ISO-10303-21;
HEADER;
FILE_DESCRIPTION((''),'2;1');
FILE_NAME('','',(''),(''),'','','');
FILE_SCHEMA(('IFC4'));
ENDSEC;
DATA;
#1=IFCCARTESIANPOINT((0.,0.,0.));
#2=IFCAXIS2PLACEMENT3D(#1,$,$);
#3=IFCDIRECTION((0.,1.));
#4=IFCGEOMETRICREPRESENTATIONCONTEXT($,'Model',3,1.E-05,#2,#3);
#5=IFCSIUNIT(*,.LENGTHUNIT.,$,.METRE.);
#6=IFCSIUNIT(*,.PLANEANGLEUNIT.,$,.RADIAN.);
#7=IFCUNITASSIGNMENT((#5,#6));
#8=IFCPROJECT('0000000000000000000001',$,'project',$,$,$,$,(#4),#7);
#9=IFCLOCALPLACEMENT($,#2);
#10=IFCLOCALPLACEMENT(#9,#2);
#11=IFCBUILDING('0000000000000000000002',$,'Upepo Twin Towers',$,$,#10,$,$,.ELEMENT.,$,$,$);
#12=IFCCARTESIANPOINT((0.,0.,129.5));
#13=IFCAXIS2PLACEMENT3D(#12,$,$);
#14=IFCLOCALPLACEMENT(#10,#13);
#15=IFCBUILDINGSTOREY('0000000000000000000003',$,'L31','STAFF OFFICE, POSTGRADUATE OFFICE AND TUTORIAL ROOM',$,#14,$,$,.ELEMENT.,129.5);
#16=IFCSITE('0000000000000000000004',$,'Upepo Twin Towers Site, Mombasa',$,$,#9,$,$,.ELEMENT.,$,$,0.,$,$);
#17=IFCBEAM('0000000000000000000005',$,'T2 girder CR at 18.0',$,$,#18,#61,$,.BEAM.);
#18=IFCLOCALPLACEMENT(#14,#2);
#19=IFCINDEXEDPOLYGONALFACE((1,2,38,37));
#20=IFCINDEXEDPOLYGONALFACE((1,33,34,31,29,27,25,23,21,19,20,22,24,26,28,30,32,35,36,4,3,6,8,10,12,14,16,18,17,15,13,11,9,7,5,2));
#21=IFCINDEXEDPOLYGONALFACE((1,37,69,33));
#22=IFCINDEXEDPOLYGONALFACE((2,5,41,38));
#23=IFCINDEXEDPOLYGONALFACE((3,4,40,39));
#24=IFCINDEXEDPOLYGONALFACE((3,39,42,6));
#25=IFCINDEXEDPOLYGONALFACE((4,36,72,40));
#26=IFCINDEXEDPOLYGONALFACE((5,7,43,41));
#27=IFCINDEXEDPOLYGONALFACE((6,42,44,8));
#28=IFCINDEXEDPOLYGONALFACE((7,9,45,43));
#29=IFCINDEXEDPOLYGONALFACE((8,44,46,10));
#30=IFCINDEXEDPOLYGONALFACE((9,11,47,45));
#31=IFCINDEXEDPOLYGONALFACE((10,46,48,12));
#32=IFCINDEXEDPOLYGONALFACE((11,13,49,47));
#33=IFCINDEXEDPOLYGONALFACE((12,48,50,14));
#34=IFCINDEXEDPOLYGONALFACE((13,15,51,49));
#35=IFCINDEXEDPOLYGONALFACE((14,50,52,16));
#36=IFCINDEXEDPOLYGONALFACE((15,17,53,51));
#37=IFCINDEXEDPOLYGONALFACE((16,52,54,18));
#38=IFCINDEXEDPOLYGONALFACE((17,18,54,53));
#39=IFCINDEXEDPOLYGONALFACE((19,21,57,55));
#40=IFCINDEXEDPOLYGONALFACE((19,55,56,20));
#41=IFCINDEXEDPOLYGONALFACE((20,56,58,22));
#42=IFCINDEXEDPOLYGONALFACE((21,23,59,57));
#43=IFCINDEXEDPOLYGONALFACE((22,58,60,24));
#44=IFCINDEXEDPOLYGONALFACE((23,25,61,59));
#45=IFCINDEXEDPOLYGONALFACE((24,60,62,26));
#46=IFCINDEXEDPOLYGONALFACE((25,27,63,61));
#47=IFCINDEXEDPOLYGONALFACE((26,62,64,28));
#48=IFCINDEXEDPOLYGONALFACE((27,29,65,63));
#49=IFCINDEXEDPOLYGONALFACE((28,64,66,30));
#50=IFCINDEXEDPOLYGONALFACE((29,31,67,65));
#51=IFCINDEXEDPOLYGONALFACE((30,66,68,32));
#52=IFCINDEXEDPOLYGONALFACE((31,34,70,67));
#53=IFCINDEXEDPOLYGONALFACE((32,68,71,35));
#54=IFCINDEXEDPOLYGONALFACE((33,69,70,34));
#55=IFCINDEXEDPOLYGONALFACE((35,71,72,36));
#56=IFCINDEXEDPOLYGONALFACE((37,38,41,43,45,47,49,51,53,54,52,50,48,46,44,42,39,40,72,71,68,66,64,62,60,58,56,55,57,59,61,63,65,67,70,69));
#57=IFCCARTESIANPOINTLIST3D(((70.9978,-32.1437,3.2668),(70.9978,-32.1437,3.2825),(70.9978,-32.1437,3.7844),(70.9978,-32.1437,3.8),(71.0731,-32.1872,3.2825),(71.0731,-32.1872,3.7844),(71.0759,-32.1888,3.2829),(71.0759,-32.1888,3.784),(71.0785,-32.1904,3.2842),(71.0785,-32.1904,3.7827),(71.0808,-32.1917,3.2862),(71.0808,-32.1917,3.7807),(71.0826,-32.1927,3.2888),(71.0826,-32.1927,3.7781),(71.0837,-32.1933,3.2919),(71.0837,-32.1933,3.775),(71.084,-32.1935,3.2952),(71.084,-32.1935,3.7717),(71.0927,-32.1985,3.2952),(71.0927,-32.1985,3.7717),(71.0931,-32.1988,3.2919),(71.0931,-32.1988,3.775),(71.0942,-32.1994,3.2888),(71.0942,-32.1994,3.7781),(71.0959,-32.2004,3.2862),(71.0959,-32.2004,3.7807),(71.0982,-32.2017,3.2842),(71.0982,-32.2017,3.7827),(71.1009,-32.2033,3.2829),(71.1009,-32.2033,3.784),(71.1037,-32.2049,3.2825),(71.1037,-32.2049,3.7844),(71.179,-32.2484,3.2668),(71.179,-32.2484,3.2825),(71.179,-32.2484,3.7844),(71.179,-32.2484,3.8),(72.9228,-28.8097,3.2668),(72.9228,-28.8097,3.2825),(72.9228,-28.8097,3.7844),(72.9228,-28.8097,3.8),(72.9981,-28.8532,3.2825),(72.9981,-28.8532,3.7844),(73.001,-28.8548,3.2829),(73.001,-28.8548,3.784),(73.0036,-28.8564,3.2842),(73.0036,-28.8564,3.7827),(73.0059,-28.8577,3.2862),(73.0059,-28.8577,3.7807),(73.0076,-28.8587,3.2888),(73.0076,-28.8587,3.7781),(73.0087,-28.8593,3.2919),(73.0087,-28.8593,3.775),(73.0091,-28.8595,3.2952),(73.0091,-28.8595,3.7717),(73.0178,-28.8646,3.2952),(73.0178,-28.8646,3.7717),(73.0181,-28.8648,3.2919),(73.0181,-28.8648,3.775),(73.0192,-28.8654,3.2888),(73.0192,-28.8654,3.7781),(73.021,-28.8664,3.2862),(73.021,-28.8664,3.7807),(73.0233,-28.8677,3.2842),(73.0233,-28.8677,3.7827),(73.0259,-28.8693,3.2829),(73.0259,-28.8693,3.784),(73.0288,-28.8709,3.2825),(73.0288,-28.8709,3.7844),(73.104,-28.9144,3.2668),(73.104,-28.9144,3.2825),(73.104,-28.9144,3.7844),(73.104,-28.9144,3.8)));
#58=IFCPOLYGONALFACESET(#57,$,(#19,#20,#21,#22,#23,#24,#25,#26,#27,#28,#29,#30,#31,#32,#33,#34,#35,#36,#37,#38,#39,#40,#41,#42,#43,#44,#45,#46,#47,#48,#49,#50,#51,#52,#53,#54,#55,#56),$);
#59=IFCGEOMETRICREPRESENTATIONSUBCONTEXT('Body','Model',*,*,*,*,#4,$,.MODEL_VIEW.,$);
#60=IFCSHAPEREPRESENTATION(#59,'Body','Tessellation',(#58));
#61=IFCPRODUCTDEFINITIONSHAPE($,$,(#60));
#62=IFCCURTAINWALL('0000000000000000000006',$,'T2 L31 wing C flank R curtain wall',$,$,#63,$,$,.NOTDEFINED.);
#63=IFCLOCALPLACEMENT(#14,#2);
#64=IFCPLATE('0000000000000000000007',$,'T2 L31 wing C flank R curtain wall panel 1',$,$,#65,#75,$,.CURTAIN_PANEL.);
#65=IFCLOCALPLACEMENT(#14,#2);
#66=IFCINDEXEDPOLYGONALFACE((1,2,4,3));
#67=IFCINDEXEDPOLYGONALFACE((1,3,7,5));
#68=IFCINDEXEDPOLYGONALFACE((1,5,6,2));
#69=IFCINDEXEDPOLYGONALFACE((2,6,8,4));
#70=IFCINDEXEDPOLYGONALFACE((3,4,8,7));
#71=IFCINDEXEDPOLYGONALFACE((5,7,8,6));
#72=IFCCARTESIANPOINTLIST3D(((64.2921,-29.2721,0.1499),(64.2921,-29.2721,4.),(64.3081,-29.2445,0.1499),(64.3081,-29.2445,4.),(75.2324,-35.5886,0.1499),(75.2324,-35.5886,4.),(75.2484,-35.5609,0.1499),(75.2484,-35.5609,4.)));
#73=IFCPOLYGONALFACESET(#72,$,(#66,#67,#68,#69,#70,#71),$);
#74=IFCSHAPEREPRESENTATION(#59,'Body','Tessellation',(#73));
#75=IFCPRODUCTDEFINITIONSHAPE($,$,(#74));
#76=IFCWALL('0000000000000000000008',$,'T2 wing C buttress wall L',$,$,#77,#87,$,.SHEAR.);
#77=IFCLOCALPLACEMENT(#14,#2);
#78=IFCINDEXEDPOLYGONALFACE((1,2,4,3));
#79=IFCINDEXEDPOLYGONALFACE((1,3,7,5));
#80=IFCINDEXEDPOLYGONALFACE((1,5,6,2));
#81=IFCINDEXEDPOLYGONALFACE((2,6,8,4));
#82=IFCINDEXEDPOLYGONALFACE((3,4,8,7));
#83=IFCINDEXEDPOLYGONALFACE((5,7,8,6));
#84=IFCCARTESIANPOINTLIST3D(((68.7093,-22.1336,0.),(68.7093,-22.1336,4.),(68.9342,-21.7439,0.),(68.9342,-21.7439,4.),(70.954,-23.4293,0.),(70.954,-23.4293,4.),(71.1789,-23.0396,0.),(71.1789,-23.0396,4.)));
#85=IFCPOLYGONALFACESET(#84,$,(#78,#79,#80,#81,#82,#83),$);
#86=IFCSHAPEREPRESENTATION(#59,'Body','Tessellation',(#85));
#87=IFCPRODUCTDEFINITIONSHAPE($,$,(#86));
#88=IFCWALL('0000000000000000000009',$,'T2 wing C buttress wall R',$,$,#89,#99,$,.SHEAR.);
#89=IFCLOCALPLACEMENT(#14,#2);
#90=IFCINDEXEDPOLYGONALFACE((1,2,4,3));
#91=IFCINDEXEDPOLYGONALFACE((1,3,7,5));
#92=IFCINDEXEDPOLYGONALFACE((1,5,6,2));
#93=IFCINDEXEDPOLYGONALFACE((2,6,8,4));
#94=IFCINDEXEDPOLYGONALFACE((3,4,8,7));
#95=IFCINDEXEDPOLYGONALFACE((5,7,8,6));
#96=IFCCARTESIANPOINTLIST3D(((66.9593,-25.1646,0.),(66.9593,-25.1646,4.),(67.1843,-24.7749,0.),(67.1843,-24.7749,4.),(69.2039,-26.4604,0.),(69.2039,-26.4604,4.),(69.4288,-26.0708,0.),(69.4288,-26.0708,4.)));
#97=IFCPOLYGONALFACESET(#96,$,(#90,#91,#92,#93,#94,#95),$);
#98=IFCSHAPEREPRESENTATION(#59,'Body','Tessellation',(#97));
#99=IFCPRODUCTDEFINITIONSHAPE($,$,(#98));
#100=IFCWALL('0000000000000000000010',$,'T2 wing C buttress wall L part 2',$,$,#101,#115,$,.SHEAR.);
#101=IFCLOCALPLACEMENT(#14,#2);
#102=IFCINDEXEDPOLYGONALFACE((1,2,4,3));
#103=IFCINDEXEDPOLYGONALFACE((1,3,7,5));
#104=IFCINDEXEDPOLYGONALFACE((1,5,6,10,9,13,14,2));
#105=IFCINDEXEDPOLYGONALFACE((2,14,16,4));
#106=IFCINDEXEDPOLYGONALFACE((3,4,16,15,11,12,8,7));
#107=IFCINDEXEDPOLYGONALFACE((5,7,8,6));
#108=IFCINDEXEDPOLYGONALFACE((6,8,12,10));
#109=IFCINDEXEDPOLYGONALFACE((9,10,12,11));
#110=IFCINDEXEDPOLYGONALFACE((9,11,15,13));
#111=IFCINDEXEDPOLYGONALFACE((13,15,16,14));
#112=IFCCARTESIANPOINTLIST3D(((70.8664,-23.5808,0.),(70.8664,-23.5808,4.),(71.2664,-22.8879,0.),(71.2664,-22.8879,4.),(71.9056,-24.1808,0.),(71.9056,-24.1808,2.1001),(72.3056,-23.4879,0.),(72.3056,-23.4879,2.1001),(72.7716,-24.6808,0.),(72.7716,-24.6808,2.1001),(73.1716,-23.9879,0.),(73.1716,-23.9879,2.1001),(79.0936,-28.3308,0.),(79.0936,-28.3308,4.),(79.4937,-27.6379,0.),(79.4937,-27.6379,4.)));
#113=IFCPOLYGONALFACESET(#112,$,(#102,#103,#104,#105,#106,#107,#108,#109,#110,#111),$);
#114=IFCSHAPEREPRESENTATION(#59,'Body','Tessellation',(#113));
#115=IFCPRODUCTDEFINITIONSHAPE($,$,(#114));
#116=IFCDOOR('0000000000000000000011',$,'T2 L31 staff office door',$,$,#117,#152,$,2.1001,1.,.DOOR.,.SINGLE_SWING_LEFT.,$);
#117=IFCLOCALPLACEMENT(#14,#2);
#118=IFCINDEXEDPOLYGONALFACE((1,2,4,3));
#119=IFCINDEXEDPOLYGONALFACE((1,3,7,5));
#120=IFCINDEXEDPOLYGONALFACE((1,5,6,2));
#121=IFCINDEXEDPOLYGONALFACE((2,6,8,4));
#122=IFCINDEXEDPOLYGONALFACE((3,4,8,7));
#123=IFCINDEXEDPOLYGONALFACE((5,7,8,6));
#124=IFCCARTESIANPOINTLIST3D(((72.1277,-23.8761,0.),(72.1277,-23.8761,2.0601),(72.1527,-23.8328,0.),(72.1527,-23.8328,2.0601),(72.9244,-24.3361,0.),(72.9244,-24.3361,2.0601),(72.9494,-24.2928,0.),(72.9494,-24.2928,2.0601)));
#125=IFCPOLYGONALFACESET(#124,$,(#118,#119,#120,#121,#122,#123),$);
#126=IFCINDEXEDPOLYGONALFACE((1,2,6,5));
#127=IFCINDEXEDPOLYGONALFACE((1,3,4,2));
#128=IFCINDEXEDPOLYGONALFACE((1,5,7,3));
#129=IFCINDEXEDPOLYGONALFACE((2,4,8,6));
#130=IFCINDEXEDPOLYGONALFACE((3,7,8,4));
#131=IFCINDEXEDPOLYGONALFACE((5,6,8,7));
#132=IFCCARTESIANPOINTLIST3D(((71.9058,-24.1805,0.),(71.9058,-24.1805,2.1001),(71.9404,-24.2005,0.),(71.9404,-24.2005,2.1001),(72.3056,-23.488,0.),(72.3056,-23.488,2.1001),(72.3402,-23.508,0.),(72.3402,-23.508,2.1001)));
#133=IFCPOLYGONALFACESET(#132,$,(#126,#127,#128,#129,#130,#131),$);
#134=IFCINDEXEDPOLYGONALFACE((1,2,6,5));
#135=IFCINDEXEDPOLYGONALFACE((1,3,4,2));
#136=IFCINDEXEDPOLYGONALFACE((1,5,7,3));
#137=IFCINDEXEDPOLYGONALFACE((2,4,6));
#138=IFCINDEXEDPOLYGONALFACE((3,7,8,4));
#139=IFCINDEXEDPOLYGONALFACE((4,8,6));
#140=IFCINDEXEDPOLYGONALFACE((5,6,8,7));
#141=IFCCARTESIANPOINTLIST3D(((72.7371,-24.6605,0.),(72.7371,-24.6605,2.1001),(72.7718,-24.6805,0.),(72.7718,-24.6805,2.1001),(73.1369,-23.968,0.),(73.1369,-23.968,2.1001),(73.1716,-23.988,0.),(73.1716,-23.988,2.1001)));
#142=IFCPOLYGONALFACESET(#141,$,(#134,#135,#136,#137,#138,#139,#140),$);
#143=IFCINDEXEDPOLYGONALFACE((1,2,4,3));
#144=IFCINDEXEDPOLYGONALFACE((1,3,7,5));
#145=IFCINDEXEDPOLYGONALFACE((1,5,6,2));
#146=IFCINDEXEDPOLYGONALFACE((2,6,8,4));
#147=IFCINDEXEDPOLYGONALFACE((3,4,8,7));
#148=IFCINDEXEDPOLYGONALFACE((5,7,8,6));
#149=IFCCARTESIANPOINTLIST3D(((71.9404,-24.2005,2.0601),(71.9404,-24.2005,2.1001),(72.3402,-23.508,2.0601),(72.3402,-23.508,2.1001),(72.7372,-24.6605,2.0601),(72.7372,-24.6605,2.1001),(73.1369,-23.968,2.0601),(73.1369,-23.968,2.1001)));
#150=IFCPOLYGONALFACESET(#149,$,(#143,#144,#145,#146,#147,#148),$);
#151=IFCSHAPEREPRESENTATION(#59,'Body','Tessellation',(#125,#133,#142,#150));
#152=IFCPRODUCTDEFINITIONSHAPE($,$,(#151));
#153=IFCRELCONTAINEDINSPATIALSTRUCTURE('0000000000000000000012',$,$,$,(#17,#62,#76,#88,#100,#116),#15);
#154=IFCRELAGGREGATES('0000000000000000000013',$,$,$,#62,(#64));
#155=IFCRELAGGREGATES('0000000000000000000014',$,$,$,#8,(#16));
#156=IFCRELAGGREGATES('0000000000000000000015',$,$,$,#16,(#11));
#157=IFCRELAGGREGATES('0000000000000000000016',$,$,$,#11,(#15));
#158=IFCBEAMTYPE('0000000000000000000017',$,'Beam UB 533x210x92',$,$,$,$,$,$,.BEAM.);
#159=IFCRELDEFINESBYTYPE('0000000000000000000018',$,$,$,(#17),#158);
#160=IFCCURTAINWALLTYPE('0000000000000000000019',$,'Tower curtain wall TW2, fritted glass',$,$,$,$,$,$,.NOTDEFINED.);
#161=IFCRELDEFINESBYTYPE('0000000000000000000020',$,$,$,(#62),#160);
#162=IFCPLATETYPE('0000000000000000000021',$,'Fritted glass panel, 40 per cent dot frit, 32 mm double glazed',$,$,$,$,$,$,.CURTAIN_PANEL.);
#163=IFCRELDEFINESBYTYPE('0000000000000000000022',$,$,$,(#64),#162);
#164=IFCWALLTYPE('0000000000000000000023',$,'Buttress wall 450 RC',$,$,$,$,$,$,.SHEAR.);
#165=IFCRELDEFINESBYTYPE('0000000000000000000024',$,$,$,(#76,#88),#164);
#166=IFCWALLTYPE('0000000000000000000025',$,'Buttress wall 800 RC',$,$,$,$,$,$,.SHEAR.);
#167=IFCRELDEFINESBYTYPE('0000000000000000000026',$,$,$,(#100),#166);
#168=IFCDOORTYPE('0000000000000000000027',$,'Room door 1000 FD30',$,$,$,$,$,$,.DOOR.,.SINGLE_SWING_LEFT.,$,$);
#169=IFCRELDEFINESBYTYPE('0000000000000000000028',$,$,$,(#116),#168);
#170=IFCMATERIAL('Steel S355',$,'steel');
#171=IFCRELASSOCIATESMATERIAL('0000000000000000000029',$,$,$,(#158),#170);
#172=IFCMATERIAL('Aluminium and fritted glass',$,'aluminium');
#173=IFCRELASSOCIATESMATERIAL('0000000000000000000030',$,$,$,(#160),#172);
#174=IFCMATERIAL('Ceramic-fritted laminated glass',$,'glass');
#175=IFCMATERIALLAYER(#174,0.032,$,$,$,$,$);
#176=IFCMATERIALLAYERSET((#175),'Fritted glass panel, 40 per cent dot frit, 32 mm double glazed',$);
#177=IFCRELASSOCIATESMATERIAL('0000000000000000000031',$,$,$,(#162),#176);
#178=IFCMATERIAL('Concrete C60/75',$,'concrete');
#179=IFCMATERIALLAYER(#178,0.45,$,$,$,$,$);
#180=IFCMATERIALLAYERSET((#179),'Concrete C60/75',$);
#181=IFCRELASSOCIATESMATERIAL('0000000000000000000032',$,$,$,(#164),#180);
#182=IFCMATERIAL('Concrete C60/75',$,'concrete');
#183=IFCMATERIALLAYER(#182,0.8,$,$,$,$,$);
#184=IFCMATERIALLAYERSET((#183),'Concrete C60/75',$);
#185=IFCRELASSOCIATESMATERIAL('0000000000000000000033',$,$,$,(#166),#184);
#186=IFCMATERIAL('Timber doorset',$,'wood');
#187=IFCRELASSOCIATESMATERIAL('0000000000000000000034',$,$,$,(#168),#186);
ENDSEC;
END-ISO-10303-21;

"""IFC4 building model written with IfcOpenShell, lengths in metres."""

from ifc_helpers import new_model, si_unit, direction, frame, frame_2d, origin, origin_2d, place, context, subcontext, project, spatial, rectangle, i_section, extrude, material, layer, layer_set, material_profile, profile_set, type_object, element, fill, aggregate, save


model = new_model("IFC4")

# Units and contexts
model_context = context("Model", 3, precision=1e-05, world=origin(), true_north=direction((0.0, 1.0)))
body_context = subcontext(model_context, "Body", "Model", "MODEL_VIEW")
ifc_project = project(units=[si_unit("LENGTHUNIT", "METRE"), si_unit("PLANEANGLEUNIT", "RADIAN")], contexts=[model_context])

# Site, building, storey
site_placement = place(None, origin())
site = spatial("IfcSite", under=ifc_project, at=site_placement, Name="Upepo Twin Towers Site, Mombasa", CompositionType="ELEMENT", RefElevation=0.0)
building_placement = place(site_placement, origin())
building = spatial("IfcBuilding", under=site, at=building_placement, Name="Upepo Twin Towers", CompositionType="ELEMENT")
storey_placement = place(building_placement, frame((0.0, 0.0, 129.5)))
storey = spatial("IfcBuildingStorey", under=building, at=storey_placement, Name="L31", Description="STAFF OFFICE, POSTGRADUATE OFFICE AND TUTORIAL ROOM", CompositionType="ELEMENT", Elevation=129.5)

# Beam
ifc_material_1 = material(Name="Steel S355", Category="steel")
ifc_material_profile_1 = material_profile(ifc_material_1, i_section(OverallWidth=0.2092, OverallDepth=0.5332, WebThickness=0.01, FlangeThickness=0.0156, FilletRadius=0.0127, at=origin_2d()), Name="UB 533x210x92")
ifc_profile_set_1 = profile_set([ifc_material_profile_1], Name="Steel S355")
beam_type_1 = type_object("IfcBeamType", Name="Beam UB 533x210x92", PredefinedType="BEAM", material=ifc_profile_set_1)
for number, where, z_axis, x_axis, name in (
    (1, (71.0884, -32.196, 3.5334), (0.500034, 0.866006, 0.0), (-0.866006, 0.500034, 0.0), "T2 girder CR at 18.0"),
):
    element("IfcBeam", number, at=place(storey_placement, frame(where, z_axis=z_axis, x_axis=x_axis)), inside=storey, type_object=beam_type_1, Name=name, PredefinedType="BEAM", context=body_context, shape_type="SweptSolid", body=[
        extrude(i_section(OverallWidth=0.2092, OverallDepth=0.5332, WebThickness=0.01, FlangeThickness=0.0156, FilletRadius=0.0127, at=origin_2d()), origin(), (0.0, 0.0, 1.0), 3.8499),
    ])

# Curtain wall, plate
ifc_material_2 = material(Name="Aluminium and fritted glass", Category="aluminium")
curtain_wall_type = type_object("IfcCurtainWallType", Name="Tower curtain wall TW2, fritted glass", PredefinedType="NOTDEFINED", material=ifc_material_2)
curtain_wall_placement = place(storey_placement, origin())
curtain_wall = element("IfcCurtainWall", 2, at=curtain_wall_placement, inside=storey, type_object=curtain_wall_type, Name="T2 L31 wing C flank R curtain wall", PredefinedType="NOTDEFINED")
ifc_material_3 = material(Name="Ceramic-fritted laminated glass", Category="glass")
ifc_layer_1 = layer(ifc_material_3, 0.032)
ifc_layer_set_1 = layer_set([ifc_layer_1], Name="Fritted glass panel, 40 per cent dot frit, 32 mm double glazed")
plate_type = type_object("IfcPlateType", Name="Fritted glass panel, 40 per cent dot frit, 32 mm double glazed", PredefinedType="CURTAIN_PANEL", material=ifc_layer_set_1)
plate_placement = place(storey_placement, frame((69.7703, -32.4165, 0.1499), z_axis=(0.0, 0.0, 1.0), x_axis=(-0.866025, 0.5, 0.0)))
plate = element("IfcPlate", 3, at=plate_placement, type_object=plate_type, Name="T2 L31 wing C flank R curtain wall panel 1", PredefinedType="CURTAIN_PANEL", context=body_context, shape_type="SweptSolid", body=[
    extrude(rectangle(XDim=12.6328, YDim=0.032, at=origin_2d()), origin(), (0.0, 0.0, 1.0), 3.8501),
])
aggregate(curtain_wall, [plate])

# Walls
ifc_material_4 = material(Name="Concrete C60/75", Category="concrete")
ifc_layer_2 = layer(ifc_material_4, 0.45)
ifc_layer_set_2 = layer_set([ifc_layer_2], Name="Concrete C60/75")
wall_type_1 = type_object("IfcWallType", Name="Buttress wall 450 RC", PredefinedType="SHEAR", material=ifc_layer_set_2)
for number, where, z_axis, x_axis, name in (
    (4, (68.8218, -21.9387, 0.0), (0.0, 0.0, 1.0), (0.866073, -0.499918, 0.0), "T2 wing C buttress wall L"),
    (5, (67.0718, -24.9697, 0.0), (0.0, 0.0, 1.0), (0.866032, -0.499989, 0.0), "T2 wing C buttress wall R"),
):
    element("IfcWall", number, at=place(storey_placement, frame(where, z_axis=z_axis, x_axis=x_axis)), inside=storey, type_object=wall_type_1, Name=name, PredefinedType="SHEAR", context=body_context, shape_type="SweptSolid", body=[
        extrude(rectangle(XDim=2.5918, YDim=0.45, at=frame_2d((1.2959, 0.0))), origin(), (0.0, 0.0, 1.0), 4.0),
    ])

# Wall, opening, door
ifc_material_5 = material(Name="Concrete C60/75", Category="concrete")
ifc_layer_3 = layer(ifc_material_5, 0.8)
ifc_layer_set_3 = layer_set([ifc_layer_3], Name="Concrete C60/75")
wall_type_2 = type_object("IfcWallType", Name="Buttress wall 800 RC", PredefinedType="SHEAR", material=ifc_layer_set_3)
wall_1_placement = place(storey_placement, frame((71.0664, -23.2344, 0.0), z_axis=(0.0, 0.0, 1.0), x_axis=(0.866027, -0.499998, 0.0)))
wall_1 = element("IfcWall", 6, at=wall_1_placement, inside=storey, type_object=wall_type_2, Name="T2 wing C buttress wall L part 2", PredefinedType="SHEAR", context=body_context, shape_type="SweptSolid", body=[
    extrude(rectangle(XDim=9.5, YDim=0.8, at=frame_2d((4.75, 0.0))), origin(), (0.0, 0.0, 1.0), 4.0),
])
opening_1_placement = place(wall_1_placement, frame((1.2, 0.0, 0.0)))
opening_1 = element("IfcOpeningElement", 7, at=opening_1_placement, cuts=wall_1, PredefinedType="OPENING", context=body_context, shape_type="SweptSolid", body=[
    extrude(rectangle(XDim=1.0, YDim=2.1001, at=frame_2d((0.5, 1.05))), frame((0.0, 0.4099, 0.0), z_axis=(0.0, -1.0, 0.0), x_axis=(1.0, 0.0, 0.0)), (0.0, 0.0, 1.0), 0.8201),
])
ifc_material_6 = material(Name="Timber doorset", Category="wood")
door_type_1 = type_object("IfcDoorType", Name="Room door 1000 FD30", OperationType="SINGLE_SWING_LEFT", PredefinedType="DOOR", material=ifc_material_6)
door_1_placement = place(opening_1_placement, origin())
door_1 = element("IfcDoor", 8, at=door_1_placement, inside=storey, type_object=door_type_1, Name="T2 L31 staff office door", OperationType="SINGLE_SWING_LEFT", OverallHeight=2.1001, OverallWidth=1.0, PredefinedType="DOOR", context=body_context, shape_type="SweptSolid", body=[
    extrude(rectangle(XDim=0.92, YDim=2.0601, at=frame_2d((0.5, 1.03))), frame((0.0, 0.0249, 0.0), z_axis=(0.0, -1.0, 0.0), x_axis=(1.0, 0.0, 0.0)), (0.0, 0.0, 1.0), 0.05),
    extrude(rectangle(XDim=0.04, YDim=2.1001, at=frame_2d((0.02, 1.05))), frame((0.0, 0.3999, 0.0), z_axis=(0.0, -1.0, 0.0), x_axis=(1.0, 0.0, 0.0)), (0.0, 0.0, 1.0), 0.7996),
    extrude(rectangle(XDim=0.04, YDim=2.1001, at=frame_2d((0.98, 1.05))), frame((0.0, 0.3999, 0.0), z_axis=(0.0, -1.0, 0.0), x_axis=(1.0, 0.0, 0.0)), (0.0, 0.0, 1.0), 0.7996),
    extrude(rectangle(XDim=0.92, YDim=0.04, at=frame_2d((0.5, 2.0801))), frame((0.0, 0.3999, 0.0), z_axis=(0.0, -1.0, 0.0), x_axis=(1.0, 0.0, 0.0)), (0.0, 0.0, 1.0), 0.7996),
])
fill(opening_1, door_1)

save(model, "model.ifc")
